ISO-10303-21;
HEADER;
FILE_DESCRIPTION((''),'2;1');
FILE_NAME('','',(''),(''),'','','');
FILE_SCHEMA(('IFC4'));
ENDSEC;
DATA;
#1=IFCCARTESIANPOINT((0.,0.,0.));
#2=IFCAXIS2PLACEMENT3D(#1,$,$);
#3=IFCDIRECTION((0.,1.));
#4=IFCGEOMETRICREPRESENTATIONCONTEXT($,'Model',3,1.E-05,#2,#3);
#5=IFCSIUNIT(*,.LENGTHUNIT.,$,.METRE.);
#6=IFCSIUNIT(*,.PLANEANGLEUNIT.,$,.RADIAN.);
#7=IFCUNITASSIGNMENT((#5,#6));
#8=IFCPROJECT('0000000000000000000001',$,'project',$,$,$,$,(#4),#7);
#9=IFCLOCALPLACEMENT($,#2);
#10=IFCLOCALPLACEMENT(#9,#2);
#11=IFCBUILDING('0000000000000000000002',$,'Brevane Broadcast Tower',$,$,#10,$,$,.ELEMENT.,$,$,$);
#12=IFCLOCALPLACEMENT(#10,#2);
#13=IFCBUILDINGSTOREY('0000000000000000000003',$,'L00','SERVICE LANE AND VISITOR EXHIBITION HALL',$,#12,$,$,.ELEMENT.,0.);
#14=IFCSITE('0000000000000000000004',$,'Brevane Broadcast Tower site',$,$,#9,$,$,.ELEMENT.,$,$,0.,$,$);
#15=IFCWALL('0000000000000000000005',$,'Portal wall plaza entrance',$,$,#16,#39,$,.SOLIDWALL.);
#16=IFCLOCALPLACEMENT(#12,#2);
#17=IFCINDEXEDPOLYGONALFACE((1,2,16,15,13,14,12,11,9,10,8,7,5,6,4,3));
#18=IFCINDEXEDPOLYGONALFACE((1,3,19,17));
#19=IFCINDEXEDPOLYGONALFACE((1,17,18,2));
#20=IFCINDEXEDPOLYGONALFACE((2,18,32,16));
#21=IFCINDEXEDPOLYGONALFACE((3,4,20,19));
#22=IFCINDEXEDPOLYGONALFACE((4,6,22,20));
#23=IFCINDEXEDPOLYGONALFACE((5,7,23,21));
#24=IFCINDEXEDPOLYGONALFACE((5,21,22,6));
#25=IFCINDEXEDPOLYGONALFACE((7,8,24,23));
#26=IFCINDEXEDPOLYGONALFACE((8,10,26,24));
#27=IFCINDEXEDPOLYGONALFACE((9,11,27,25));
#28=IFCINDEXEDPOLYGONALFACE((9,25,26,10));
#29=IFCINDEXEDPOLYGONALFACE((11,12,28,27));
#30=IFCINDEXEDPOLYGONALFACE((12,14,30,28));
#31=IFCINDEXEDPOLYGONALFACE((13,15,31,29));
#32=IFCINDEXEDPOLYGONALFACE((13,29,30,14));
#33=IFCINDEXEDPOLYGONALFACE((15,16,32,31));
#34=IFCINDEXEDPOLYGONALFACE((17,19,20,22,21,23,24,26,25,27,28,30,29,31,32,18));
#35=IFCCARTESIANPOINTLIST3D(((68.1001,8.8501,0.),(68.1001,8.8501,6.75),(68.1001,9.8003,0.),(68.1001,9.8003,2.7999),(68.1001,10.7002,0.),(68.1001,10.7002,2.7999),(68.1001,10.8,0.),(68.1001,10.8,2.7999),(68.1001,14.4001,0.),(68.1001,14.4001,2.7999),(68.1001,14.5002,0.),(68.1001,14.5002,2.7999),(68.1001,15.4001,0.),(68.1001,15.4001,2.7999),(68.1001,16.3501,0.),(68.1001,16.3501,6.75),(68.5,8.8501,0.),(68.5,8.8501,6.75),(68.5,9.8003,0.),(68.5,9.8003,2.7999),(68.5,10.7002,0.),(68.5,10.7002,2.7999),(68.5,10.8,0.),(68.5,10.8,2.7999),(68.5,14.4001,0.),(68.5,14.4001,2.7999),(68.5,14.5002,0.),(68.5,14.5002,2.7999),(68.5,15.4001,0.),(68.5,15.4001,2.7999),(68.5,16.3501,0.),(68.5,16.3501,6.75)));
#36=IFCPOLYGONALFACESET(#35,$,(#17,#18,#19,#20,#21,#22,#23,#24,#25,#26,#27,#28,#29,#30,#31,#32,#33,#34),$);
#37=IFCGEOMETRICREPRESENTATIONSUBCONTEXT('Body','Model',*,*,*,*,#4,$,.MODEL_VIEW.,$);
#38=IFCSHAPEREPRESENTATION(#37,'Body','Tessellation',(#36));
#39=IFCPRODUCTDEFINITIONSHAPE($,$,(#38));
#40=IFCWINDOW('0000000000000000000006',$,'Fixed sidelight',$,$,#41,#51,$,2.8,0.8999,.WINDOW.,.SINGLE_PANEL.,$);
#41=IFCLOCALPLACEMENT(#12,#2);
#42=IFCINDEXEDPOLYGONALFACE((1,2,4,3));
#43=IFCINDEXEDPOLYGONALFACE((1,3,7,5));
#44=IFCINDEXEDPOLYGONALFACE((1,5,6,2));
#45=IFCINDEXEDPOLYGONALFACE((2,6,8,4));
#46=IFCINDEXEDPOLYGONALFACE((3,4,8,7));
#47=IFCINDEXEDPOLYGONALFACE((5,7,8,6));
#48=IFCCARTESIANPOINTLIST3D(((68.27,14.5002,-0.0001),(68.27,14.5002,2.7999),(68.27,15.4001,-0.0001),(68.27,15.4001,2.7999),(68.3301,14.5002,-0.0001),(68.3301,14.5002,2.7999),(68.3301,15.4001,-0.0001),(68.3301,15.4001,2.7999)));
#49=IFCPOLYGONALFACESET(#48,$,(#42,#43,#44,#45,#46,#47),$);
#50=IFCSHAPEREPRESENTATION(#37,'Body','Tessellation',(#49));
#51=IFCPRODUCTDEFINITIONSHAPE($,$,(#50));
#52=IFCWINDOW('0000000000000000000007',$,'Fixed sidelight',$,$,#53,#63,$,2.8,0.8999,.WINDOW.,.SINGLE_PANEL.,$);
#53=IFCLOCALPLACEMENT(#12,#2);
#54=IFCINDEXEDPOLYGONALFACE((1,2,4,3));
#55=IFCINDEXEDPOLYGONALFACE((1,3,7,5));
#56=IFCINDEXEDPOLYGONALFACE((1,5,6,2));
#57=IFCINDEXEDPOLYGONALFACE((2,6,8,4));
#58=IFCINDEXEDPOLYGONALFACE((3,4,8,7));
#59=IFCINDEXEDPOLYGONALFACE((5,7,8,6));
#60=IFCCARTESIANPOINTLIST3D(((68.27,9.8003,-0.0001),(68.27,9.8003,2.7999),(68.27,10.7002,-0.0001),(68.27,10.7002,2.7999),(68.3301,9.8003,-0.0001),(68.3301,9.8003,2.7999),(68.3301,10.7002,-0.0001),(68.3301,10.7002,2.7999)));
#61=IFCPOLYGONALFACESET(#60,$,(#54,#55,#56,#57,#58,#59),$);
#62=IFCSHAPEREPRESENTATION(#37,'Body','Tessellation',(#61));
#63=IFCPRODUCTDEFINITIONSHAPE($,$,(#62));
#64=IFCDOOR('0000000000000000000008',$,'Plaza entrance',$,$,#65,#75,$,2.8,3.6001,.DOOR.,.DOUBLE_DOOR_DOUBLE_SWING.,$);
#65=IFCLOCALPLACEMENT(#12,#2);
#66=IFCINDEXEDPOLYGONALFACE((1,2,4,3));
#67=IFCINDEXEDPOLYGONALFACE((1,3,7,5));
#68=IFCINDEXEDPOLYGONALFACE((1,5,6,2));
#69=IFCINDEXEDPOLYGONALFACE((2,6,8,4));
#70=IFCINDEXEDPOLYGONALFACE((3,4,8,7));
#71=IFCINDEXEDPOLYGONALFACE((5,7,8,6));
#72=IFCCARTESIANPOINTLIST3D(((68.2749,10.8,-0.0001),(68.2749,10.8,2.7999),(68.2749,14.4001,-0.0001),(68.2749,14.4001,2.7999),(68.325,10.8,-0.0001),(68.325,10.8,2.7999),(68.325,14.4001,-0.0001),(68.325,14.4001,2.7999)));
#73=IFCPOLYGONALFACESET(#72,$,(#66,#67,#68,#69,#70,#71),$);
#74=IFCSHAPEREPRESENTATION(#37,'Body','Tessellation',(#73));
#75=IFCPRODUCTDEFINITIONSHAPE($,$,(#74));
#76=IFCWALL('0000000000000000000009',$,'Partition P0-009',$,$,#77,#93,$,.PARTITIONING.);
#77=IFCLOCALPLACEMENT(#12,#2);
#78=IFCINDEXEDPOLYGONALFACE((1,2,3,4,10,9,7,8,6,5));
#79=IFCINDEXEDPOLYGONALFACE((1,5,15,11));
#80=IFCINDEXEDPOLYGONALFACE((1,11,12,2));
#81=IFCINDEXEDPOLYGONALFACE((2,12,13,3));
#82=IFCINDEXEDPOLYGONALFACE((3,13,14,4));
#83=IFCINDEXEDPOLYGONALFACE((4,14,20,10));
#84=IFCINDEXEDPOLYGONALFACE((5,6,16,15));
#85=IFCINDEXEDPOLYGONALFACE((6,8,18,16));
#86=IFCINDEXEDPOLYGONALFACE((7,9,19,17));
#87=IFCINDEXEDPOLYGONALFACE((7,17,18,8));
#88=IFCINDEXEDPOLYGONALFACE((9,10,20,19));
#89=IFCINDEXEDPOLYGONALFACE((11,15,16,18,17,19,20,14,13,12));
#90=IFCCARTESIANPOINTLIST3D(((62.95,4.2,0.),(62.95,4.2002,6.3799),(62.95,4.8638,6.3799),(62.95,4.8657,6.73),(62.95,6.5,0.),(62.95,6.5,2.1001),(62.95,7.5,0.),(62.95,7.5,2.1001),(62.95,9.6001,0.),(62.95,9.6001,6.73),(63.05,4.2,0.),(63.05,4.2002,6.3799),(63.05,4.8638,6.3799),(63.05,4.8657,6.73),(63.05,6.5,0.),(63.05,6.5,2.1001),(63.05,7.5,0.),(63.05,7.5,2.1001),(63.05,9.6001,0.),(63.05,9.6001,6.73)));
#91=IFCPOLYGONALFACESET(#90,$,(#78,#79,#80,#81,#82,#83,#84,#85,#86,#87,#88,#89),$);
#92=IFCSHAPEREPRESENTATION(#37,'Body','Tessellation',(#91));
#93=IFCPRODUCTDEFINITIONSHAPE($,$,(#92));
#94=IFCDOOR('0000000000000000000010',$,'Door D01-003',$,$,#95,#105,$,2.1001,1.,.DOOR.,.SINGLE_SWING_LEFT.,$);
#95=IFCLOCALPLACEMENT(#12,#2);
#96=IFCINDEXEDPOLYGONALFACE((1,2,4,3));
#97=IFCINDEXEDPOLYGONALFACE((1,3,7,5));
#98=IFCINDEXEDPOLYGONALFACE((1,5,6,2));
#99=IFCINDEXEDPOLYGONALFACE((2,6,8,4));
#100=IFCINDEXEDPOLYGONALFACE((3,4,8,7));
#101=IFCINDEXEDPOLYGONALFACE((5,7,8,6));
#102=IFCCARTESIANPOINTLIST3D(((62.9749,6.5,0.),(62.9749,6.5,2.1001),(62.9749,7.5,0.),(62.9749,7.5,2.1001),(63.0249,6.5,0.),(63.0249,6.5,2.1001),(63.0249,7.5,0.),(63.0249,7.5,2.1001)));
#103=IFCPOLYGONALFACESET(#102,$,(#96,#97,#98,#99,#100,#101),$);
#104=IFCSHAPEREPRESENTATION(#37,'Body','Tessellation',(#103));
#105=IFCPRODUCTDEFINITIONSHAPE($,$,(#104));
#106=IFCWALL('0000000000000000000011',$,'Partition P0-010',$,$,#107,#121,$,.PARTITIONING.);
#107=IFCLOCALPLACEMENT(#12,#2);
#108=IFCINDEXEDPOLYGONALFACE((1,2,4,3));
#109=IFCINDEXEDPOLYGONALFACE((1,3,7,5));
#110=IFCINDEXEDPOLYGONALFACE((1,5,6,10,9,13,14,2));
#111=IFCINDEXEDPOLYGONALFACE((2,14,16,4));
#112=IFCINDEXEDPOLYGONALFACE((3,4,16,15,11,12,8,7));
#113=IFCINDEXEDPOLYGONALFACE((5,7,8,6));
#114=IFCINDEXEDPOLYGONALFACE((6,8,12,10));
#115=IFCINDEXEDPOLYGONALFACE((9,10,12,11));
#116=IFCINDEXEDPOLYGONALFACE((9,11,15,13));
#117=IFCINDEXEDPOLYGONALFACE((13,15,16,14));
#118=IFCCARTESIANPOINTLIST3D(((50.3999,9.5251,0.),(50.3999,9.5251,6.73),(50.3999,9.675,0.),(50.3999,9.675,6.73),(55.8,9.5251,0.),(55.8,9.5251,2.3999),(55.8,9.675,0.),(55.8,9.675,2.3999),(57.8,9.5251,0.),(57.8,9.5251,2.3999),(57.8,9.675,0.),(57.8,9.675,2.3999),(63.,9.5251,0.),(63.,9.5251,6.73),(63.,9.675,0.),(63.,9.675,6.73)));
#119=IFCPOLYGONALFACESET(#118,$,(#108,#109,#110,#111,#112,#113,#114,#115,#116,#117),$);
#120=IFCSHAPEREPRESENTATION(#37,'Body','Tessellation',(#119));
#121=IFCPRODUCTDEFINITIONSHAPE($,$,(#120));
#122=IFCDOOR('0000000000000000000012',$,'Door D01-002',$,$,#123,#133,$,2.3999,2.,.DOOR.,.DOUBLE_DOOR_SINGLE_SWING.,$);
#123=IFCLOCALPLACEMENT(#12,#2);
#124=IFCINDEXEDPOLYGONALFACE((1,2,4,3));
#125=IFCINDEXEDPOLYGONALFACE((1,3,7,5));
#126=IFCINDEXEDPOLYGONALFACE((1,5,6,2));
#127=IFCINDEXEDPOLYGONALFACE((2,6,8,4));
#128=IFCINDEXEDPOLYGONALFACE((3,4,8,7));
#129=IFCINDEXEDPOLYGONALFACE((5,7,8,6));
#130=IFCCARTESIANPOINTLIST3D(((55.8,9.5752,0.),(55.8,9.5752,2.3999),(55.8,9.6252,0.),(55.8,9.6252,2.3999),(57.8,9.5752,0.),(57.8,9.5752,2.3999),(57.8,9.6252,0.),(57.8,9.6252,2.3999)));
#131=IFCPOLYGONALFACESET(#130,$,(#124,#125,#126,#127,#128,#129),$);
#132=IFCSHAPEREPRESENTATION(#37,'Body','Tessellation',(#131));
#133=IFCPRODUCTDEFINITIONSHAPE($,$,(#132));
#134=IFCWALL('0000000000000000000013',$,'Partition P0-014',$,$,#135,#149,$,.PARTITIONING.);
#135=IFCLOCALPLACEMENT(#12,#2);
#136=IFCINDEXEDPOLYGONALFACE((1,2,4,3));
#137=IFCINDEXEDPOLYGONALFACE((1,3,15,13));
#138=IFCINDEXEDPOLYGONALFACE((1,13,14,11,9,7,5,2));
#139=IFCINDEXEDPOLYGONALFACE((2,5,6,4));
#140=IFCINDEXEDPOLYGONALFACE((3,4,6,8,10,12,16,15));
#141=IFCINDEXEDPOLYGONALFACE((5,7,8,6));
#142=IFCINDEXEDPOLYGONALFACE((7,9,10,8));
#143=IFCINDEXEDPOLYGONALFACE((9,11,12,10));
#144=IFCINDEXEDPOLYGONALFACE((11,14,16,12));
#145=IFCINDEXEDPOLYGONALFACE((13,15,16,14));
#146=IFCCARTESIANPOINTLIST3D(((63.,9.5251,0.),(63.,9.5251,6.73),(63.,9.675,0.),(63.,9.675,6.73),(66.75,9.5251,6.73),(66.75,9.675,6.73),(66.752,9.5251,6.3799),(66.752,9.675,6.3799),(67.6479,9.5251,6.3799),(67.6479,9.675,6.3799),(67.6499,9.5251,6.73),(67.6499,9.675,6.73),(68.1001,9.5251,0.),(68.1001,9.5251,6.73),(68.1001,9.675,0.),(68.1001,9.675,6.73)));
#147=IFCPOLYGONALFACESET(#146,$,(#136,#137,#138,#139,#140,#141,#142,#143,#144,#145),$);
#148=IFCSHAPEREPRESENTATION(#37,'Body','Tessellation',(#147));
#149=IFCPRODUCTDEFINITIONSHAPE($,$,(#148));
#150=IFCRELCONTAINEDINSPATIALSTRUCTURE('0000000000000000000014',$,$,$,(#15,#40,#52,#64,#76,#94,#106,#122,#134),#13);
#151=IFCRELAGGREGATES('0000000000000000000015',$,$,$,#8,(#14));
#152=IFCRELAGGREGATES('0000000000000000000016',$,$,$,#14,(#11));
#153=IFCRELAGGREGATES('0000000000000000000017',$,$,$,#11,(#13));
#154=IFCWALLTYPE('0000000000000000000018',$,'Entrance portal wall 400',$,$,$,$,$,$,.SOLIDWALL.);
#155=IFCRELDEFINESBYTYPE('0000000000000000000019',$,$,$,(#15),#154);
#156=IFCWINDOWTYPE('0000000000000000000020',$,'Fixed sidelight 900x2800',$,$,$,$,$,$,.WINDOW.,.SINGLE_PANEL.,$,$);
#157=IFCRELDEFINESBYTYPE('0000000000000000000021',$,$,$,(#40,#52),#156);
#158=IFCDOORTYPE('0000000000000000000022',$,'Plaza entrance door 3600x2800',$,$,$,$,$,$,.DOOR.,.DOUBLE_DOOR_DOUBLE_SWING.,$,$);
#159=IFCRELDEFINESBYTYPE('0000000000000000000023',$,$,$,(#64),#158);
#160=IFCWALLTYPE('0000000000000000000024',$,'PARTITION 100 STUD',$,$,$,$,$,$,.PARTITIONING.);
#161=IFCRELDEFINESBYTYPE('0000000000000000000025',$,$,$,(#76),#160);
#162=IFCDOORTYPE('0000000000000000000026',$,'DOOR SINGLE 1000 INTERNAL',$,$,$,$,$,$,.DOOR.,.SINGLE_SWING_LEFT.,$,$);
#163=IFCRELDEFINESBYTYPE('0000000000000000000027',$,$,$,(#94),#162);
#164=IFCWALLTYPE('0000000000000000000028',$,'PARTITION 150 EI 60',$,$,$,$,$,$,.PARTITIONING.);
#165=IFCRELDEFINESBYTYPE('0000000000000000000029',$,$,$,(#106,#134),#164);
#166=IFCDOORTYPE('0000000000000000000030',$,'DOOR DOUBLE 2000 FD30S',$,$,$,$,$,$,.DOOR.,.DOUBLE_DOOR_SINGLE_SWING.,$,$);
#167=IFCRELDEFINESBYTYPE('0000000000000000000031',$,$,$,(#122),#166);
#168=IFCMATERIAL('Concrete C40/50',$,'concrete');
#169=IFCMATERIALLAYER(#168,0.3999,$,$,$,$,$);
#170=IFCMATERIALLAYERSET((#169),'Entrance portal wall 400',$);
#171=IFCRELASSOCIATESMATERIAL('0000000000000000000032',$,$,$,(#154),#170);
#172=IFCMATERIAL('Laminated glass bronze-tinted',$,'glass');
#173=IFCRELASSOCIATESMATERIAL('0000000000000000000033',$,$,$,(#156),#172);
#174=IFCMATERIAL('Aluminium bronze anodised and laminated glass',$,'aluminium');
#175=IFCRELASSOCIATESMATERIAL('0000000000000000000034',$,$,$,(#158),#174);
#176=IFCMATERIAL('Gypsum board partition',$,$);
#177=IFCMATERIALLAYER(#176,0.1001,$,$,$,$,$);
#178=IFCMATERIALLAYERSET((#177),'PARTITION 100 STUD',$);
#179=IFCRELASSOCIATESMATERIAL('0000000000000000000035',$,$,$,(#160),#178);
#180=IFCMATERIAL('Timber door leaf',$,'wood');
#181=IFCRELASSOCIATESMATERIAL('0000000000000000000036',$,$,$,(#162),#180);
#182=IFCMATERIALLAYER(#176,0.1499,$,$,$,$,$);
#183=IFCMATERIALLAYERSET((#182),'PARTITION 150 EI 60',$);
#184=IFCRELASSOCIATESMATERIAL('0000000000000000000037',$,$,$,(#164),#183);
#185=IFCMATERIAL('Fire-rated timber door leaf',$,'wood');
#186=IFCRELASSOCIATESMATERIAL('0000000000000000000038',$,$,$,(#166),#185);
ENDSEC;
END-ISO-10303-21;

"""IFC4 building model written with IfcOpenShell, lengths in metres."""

from ifc_helpers import new_model, si_unit, direction, frame, frame_2d, origin, place, context, subcontext, project, spatial, polyline, rectangle, outline, extrude, material, layer, layer_set, type_object, element, fill, save


model = new_model("IFC4")

# Units and contexts
model_context = context("Model", 3, precision=1e-05, world=origin(), true_north=direction((0.0, 1.0)))
body_context = subcontext(model_context, "Body", "Model", "MODEL_VIEW")
ifc_project = project(units=[si_unit("LENGTHUNIT", "METRE"), si_unit("PLANEANGLEUNIT", "RADIAN")], contexts=[model_context])

# Site, building, storey
site_placement = place(None, origin())
site = spatial("IfcSite", under=ifc_project, at=site_placement, Name="Brevane Broadcast Tower site", CompositionType="ELEMENT", RefElevation=0.0)
building_placement = place(site_placement, origin())
building = spatial("IfcBuilding", under=site, at=building_placement, Name="Brevane Broadcast Tower", CompositionType="ELEMENT")
storey_placement = place(building_placement, origin())
storey = spatial("IfcBuildingStorey", under=building, at=storey_placement, Name="L00", Description="SERVICE LANE AND VISITOR EXHIBITION HALL", CompositionType="ELEMENT", Elevation=0.0)

# Shared definitions
ifc_material_1 = material(Name="Concrete C40/50", Category="concrete")

# Wall, openings, windows, door
ifc_layer_1 = layer(ifc_material_1, 0.3999)
ifc_layer_set_1 = layer_set([ifc_layer_1], Name="Entrance portal wall 400")
wall_type_1 = type_object("IfcWallType", Name="Entrance portal wall 400", PredefinedType="SOLIDWALL", material=ifc_layer_set_1)
wall_1_placement = place(storey_placement, frame((68.3, 16.3501, 0.0), z_axis=(0.0, 0.0, 1.0), x_axis=(0.0, -1.0, 0.0)))
wall_1 = element("IfcWall", 1, at=wall_1_placement, inside=storey, type_object=wall_type_1, Name="Portal wall plaza entrance", PredefinedType="SOLIDWALL", context=body_context, shape_type="SweptSolid", body=[
    extrude(rectangle(XDim=7.5, YDim=0.3999, at=frame_2d((3.75, 0.0))), origin(), (0.0, 0.0, 1.0), 6.75),
])
opening_1_placement = place(wall_1_placement, frame((1.95, 0.0, 0.0)))
opening_1 = element("IfcOpeningElement", 2, at=opening_1_placement, cuts=wall_1, PredefinedType="OPENING", context=body_context, shape_type="SweptSolid", body=[
    extrude(rectangle(XDim=3.6001, YDim=2.8, at=frame_2d((1.8, 1.3999))), frame((0.0, 0.21, 0.0), z_axis=(0.0, -1.0, 0.0), x_axis=(1.0, 0.0, 0.0)), (0.0, 0.0, 1.0), 0.4199),
])
opening_2_placement = place(wall_1_placement, frame((0.95, 0.0, 0.0)))
opening_2 = element("IfcOpeningElement", 3, at=opening_2_placement, cuts=wall_1, PredefinedType="OPENING", context=body_context, shape_type="SweptSolid", body=[
    extrude(rectangle(XDim=0.8999, YDim=2.8, at=frame_2d((0.45, 1.3999))), frame((0.0, 0.21, 0.0), z_axis=(0.0, -1.0, 0.0), x_axis=(1.0, 0.0, 0.0)), (0.0, 0.0, 1.0), 0.4199),
])
opening_3_placement = place(wall_1_placement, frame((5.6499, 0.0, 0.0)))
opening_3 = element("IfcOpeningElement", 4, at=opening_3_placement, cuts=wall_1, PredefinedType="OPENING", context=body_context, shape_type="SweptSolid", body=[
    extrude(rectangle(XDim=0.8999, YDim=2.8, at=frame_2d((0.45, 1.3999))), frame((0.0, 0.21, 0.0), z_axis=(0.0, -1.0, 0.0), x_axis=(1.0, 0.0, 0.0)), (0.0, 0.0, 1.0), 0.4199),
])
ifc_material_2 = material(Name="Laminated glass bronze-tinted", Category="glass")
window_type = type_object("IfcWindowType", Name="Fixed sidelight 900x2800", PartitioningType="SINGLE_PANEL", PredefinedType="WINDOW", material=ifc_material_2)
window_1_placement = place(opening_2_placement, origin())
window_1 = element("IfcWindow", 5, at=window_1_placement, inside=storey, type_object=window_type, Name="Fixed sidelight", OverallHeight=2.8, OverallWidth=0.8999, PartitioningType="SINGLE_PANEL", PredefinedType="WINDOW", context=body_context, shape_type="SweptSolid", body=[
    extrude(rectangle(XDim=0.8999, YDim=2.8, at=frame_2d((0.45, 1.3999))), frame((0.0, 0.03, 0.0), z_axis=(0.0, -1.0, 0.0), x_axis=(1.0, 0.0, 0.0)), (0.0, 0.0, 1.0), 0.0601),
])
fill(opening_2, window_1)
window_2_placement = place(opening_3_placement, origin())
window_2 = element("IfcWindow", 6, at=window_2_placement, inside=storey, type_object=window_type, Name="Fixed sidelight", OverallHeight=2.8, OverallWidth=0.8999, PartitioningType="SINGLE_PANEL", PredefinedType="WINDOW", context=body_context, shape_type="SweptSolid", body=[
    extrude(rectangle(XDim=0.8999, YDim=2.8, at=frame_2d((0.45, 1.3999))), frame((0.0, 0.03, 0.0), z_axis=(0.0, -1.0, 0.0), x_axis=(1.0, 0.0, 0.0)), (0.0, 0.0, 1.0), 0.0601),
])
fill(opening_3, window_2)
ifc_material_3 = material(Name="Aluminium bronze anodised and laminated glass", Category="aluminium")
door_type_1 = type_object("IfcDoorType", Name="Plaza entrance door 3600x2800", OperationType="DOUBLE_DOOR_DOUBLE_SWING", PredefinedType="DOOR", material=ifc_material_3)
door_1_placement = place(opening_1_placement, origin())
door_1 = element("IfcDoor", 7, at=door_1_placement, inside=storey, type_object=door_type_1, Name="Plaza entrance", OperationType="DOUBLE_DOOR_DOUBLE_SWING", OverallHeight=2.8, OverallWidth=3.6001, PredefinedType="DOOR", context=body_context, shape_type="SweptSolid", body=[
    extrude(rectangle(XDim=3.6001, YDim=2.8, at=frame_2d((1.8, 1.3999))), frame((0.0, 0.0249, 0.0), z_axis=(0.0, -1.0, 0.0), x_axis=(1.0, 0.0, 0.0)), (0.0, 0.0, 1.0), 0.05),
])
fill(opening_1, door_1)

# Walls, openings, doors
ifc_material_4 = material(Name="Gypsum board partition")
ifc_layer_2 = layer(ifc_material_4, 0.1001)
ifc_layer_set_2 = layer_set([ifc_layer_2], Name="PARTITION 100 STUD")
wall_type_2 = type_object("IfcWallType", Name="PARTITION 100 STUD", PredefinedType="PARTITIONING", material=ifc_layer_set_2)
wall_2_placement = place(storey_placement, frame((63.0, 9.6001, 0.0), z_axis=(0.0, 0.0, 1.0), x_axis=(0.0, -1.0, 0.0)))
wall_2 = element("IfcWall", 8, at=wall_2_placement, inside=storey, type_object=wall_type_2, Name="Partition P0-009", PredefinedType="PARTITIONING", context=body_context, shape_type="SweptSolid", body=[
    extrude(outline(polyline([(0.0, 0.0), (5.4001, 0.0), (5.3999, 6.3799), (4.7363, 6.3799), (4.7344, 6.73), (0.0, 6.73), (0.0, 0.0)])), frame((0.0, 0.05, 0.0), z_axis=(0.0, -1.0, 0.0), x_axis=(1.0, 0.0, 0.0)), (0.0, 0.0, 1.0), 0.1001),
])
opening_4_placement = place(wall_2_placement, frame((2.1001, 0.0, 0.0)))
opening_4 = element("IfcOpeningElement", 9, at=opening_4_placement, cuts=wall_2, PredefinedType="OPENING", context=body_context, shape_type="SweptSolid", body=[
    extrude(rectangle(XDim=1.0, YDim=2.1001, at=frame_2d((0.5, 1.05))), frame((0.0, 0.0601, 0.0), z_axis=(0.0, -1.0, 0.0), x_axis=(1.0, 0.0, 0.0)), (0.0, 0.0, 1.0), 0.1201),
])
ifc_material_5 = material(Name="Timber door leaf", Category="wood")
door_type_2 = type_object("IfcDoorType", Name="DOOR SINGLE 1000 INTERNAL", OperationType="SINGLE_SWING_LEFT", PredefinedType="DOOR", material=ifc_material_5)
door_2_placement = place(opening_4_placement, origin())
door_2 = element("IfcDoor", 10, at=door_2_placement, inside=storey, type_object=door_type_2, Name="Door D01-003", OperationType="SINGLE_SWING_LEFT", OverallHeight=2.1001, OverallWidth=1.0, PredefinedType="DOOR", context=body_context, shape_type="SweptSolid", body=[
    extrude(rectangle(XDim=1.0, YDim=2.1001, at=frame_2d((0.5, 1.05))), frame((0.0, 0.0249, 0.0), z_axis=(0.0, -1.0, 0.0), x_axis=(1.0, 0.0, 0.0)), (0.0, 0.0, 1.0), 0.05),
])
fill(opening_4, door_2)
ifc_layer_3 = layer(ifc_material_4, 0.1499)
ifc_layer_set_3 = layer_set([ifc_layer_3], Name="PARTITION 150 EI 60")
wall_type_3 = type_object("IfcWallType", Name="PARTITION 150 EI 60", PredefinedType="PARTITIONING", material=ifc_layer_set_3)
wall_3_placement = place(storey_placement, frame((63.0, 9.6001, 0.0), z_axis=(0.0, 0.0, 1.0), x_axis=(-1.0, 0.0, 0.0)))
wall_3 = element("IfcWall", 11, at=wall_3_placement, inside=storey, type_object=wall_type_3, Name="Partition P0-010", PredefinedType="PARTITIONING", context=body_context, shape_type="SweptSolid", body=[
    extrude(rectangle(XDim=12.6001, YDim=0.1499, at=frame_2d((6.3, 0.0))), origin(), (0.0, 0.0, 1.0), 6.73),
])
opening_5_placement = place(wall_3_placement, frame((5.2, 0.0, 0.0)))
opening_5 = element("IfcOpeningElement", 12, at=opening_5_placement, cuts=wall_3, PredefinedType="OPENING", context=body_context, shape_type="SweptSolid", body=[
    extrude(rectangle(XDim=2.0, YDim=2.3999, at=frame_2d((1.0, 1.2))), frame((0.0, 0.085, 0.0), z_axis=(0.0, -1.0, 0.0), x_axis=(1.0, 0.0, 0.0)), (0.0, 0.0, 1.0), 0.1699),
])
ifc_material_6 = material(Name="Fire-rated timber door leaf", Category="wood")
door_type_3 = type_object("IfcDoorType", Name="DOOR DOUBLE 2000 FD30S", OperationType="DOUBLE_DOOR_SINGLE_SWING", PredefinedType="DOOR", material=ifc_material_6)
door_3_placement = place(opening_5_placement, origin())
door_3 = element("IfcDoor", 13, at=door_3_placement, inside=storey, type_object=door_type_3, Name="Door D01-002", OperationType="DOUBLE_DOOR_SINGLE_SWING", OverallHeight=2.3999, OverallWidth=2.0, PredefinedType="DOOR", context=body_context, shape_type="SweptSolid", body=[
    extrude(rectangle(XDim=2.0, YDim=2.3999, at=frame_2d((1.0, 1.2))), frame((0.0, 0.0249, 0.0), z_axis=(0.0, -1.0, 0.0), x_axis=(1.0, 0.0, 0.0)), (0.0, 0.0, 1.0), 0.05),
])
fill(opening_5, door_3)

# Wall
wall_4_placement = place(storey_placement, frame((63.0, 9.6001, 0.0), z_axis=(0.0, 0.0, 1.0), x_axis=(1.0, 0.0, 0.0)))
element("IfcWall", 14, at=wall_4_placement, inside=storey, type_object=wall_type_3, Name="Partition P0-014", PredefinedType="PARTITIONING", context=body_context, shape_type="SweptSolid", body=[
    extrude(outline(polyline([(0.0, 0.0), (5.1001, 0.0), (5.1001, 6.73), (4.6499, 6.73), (4.6479, 6.3799), (3.752, 6.3799), (3.75, 6.73), (0.0, 6.73), (0.0, 0.0)])), frame((0.0, 0.075, 0.0), z_axis=(0.0, -1.0, 0.0), x_axis=(1.0, 0.0, 0.0)), (0.0, 0.0, 1.0), 0.1499),
])

save(model, "model.ifc")
